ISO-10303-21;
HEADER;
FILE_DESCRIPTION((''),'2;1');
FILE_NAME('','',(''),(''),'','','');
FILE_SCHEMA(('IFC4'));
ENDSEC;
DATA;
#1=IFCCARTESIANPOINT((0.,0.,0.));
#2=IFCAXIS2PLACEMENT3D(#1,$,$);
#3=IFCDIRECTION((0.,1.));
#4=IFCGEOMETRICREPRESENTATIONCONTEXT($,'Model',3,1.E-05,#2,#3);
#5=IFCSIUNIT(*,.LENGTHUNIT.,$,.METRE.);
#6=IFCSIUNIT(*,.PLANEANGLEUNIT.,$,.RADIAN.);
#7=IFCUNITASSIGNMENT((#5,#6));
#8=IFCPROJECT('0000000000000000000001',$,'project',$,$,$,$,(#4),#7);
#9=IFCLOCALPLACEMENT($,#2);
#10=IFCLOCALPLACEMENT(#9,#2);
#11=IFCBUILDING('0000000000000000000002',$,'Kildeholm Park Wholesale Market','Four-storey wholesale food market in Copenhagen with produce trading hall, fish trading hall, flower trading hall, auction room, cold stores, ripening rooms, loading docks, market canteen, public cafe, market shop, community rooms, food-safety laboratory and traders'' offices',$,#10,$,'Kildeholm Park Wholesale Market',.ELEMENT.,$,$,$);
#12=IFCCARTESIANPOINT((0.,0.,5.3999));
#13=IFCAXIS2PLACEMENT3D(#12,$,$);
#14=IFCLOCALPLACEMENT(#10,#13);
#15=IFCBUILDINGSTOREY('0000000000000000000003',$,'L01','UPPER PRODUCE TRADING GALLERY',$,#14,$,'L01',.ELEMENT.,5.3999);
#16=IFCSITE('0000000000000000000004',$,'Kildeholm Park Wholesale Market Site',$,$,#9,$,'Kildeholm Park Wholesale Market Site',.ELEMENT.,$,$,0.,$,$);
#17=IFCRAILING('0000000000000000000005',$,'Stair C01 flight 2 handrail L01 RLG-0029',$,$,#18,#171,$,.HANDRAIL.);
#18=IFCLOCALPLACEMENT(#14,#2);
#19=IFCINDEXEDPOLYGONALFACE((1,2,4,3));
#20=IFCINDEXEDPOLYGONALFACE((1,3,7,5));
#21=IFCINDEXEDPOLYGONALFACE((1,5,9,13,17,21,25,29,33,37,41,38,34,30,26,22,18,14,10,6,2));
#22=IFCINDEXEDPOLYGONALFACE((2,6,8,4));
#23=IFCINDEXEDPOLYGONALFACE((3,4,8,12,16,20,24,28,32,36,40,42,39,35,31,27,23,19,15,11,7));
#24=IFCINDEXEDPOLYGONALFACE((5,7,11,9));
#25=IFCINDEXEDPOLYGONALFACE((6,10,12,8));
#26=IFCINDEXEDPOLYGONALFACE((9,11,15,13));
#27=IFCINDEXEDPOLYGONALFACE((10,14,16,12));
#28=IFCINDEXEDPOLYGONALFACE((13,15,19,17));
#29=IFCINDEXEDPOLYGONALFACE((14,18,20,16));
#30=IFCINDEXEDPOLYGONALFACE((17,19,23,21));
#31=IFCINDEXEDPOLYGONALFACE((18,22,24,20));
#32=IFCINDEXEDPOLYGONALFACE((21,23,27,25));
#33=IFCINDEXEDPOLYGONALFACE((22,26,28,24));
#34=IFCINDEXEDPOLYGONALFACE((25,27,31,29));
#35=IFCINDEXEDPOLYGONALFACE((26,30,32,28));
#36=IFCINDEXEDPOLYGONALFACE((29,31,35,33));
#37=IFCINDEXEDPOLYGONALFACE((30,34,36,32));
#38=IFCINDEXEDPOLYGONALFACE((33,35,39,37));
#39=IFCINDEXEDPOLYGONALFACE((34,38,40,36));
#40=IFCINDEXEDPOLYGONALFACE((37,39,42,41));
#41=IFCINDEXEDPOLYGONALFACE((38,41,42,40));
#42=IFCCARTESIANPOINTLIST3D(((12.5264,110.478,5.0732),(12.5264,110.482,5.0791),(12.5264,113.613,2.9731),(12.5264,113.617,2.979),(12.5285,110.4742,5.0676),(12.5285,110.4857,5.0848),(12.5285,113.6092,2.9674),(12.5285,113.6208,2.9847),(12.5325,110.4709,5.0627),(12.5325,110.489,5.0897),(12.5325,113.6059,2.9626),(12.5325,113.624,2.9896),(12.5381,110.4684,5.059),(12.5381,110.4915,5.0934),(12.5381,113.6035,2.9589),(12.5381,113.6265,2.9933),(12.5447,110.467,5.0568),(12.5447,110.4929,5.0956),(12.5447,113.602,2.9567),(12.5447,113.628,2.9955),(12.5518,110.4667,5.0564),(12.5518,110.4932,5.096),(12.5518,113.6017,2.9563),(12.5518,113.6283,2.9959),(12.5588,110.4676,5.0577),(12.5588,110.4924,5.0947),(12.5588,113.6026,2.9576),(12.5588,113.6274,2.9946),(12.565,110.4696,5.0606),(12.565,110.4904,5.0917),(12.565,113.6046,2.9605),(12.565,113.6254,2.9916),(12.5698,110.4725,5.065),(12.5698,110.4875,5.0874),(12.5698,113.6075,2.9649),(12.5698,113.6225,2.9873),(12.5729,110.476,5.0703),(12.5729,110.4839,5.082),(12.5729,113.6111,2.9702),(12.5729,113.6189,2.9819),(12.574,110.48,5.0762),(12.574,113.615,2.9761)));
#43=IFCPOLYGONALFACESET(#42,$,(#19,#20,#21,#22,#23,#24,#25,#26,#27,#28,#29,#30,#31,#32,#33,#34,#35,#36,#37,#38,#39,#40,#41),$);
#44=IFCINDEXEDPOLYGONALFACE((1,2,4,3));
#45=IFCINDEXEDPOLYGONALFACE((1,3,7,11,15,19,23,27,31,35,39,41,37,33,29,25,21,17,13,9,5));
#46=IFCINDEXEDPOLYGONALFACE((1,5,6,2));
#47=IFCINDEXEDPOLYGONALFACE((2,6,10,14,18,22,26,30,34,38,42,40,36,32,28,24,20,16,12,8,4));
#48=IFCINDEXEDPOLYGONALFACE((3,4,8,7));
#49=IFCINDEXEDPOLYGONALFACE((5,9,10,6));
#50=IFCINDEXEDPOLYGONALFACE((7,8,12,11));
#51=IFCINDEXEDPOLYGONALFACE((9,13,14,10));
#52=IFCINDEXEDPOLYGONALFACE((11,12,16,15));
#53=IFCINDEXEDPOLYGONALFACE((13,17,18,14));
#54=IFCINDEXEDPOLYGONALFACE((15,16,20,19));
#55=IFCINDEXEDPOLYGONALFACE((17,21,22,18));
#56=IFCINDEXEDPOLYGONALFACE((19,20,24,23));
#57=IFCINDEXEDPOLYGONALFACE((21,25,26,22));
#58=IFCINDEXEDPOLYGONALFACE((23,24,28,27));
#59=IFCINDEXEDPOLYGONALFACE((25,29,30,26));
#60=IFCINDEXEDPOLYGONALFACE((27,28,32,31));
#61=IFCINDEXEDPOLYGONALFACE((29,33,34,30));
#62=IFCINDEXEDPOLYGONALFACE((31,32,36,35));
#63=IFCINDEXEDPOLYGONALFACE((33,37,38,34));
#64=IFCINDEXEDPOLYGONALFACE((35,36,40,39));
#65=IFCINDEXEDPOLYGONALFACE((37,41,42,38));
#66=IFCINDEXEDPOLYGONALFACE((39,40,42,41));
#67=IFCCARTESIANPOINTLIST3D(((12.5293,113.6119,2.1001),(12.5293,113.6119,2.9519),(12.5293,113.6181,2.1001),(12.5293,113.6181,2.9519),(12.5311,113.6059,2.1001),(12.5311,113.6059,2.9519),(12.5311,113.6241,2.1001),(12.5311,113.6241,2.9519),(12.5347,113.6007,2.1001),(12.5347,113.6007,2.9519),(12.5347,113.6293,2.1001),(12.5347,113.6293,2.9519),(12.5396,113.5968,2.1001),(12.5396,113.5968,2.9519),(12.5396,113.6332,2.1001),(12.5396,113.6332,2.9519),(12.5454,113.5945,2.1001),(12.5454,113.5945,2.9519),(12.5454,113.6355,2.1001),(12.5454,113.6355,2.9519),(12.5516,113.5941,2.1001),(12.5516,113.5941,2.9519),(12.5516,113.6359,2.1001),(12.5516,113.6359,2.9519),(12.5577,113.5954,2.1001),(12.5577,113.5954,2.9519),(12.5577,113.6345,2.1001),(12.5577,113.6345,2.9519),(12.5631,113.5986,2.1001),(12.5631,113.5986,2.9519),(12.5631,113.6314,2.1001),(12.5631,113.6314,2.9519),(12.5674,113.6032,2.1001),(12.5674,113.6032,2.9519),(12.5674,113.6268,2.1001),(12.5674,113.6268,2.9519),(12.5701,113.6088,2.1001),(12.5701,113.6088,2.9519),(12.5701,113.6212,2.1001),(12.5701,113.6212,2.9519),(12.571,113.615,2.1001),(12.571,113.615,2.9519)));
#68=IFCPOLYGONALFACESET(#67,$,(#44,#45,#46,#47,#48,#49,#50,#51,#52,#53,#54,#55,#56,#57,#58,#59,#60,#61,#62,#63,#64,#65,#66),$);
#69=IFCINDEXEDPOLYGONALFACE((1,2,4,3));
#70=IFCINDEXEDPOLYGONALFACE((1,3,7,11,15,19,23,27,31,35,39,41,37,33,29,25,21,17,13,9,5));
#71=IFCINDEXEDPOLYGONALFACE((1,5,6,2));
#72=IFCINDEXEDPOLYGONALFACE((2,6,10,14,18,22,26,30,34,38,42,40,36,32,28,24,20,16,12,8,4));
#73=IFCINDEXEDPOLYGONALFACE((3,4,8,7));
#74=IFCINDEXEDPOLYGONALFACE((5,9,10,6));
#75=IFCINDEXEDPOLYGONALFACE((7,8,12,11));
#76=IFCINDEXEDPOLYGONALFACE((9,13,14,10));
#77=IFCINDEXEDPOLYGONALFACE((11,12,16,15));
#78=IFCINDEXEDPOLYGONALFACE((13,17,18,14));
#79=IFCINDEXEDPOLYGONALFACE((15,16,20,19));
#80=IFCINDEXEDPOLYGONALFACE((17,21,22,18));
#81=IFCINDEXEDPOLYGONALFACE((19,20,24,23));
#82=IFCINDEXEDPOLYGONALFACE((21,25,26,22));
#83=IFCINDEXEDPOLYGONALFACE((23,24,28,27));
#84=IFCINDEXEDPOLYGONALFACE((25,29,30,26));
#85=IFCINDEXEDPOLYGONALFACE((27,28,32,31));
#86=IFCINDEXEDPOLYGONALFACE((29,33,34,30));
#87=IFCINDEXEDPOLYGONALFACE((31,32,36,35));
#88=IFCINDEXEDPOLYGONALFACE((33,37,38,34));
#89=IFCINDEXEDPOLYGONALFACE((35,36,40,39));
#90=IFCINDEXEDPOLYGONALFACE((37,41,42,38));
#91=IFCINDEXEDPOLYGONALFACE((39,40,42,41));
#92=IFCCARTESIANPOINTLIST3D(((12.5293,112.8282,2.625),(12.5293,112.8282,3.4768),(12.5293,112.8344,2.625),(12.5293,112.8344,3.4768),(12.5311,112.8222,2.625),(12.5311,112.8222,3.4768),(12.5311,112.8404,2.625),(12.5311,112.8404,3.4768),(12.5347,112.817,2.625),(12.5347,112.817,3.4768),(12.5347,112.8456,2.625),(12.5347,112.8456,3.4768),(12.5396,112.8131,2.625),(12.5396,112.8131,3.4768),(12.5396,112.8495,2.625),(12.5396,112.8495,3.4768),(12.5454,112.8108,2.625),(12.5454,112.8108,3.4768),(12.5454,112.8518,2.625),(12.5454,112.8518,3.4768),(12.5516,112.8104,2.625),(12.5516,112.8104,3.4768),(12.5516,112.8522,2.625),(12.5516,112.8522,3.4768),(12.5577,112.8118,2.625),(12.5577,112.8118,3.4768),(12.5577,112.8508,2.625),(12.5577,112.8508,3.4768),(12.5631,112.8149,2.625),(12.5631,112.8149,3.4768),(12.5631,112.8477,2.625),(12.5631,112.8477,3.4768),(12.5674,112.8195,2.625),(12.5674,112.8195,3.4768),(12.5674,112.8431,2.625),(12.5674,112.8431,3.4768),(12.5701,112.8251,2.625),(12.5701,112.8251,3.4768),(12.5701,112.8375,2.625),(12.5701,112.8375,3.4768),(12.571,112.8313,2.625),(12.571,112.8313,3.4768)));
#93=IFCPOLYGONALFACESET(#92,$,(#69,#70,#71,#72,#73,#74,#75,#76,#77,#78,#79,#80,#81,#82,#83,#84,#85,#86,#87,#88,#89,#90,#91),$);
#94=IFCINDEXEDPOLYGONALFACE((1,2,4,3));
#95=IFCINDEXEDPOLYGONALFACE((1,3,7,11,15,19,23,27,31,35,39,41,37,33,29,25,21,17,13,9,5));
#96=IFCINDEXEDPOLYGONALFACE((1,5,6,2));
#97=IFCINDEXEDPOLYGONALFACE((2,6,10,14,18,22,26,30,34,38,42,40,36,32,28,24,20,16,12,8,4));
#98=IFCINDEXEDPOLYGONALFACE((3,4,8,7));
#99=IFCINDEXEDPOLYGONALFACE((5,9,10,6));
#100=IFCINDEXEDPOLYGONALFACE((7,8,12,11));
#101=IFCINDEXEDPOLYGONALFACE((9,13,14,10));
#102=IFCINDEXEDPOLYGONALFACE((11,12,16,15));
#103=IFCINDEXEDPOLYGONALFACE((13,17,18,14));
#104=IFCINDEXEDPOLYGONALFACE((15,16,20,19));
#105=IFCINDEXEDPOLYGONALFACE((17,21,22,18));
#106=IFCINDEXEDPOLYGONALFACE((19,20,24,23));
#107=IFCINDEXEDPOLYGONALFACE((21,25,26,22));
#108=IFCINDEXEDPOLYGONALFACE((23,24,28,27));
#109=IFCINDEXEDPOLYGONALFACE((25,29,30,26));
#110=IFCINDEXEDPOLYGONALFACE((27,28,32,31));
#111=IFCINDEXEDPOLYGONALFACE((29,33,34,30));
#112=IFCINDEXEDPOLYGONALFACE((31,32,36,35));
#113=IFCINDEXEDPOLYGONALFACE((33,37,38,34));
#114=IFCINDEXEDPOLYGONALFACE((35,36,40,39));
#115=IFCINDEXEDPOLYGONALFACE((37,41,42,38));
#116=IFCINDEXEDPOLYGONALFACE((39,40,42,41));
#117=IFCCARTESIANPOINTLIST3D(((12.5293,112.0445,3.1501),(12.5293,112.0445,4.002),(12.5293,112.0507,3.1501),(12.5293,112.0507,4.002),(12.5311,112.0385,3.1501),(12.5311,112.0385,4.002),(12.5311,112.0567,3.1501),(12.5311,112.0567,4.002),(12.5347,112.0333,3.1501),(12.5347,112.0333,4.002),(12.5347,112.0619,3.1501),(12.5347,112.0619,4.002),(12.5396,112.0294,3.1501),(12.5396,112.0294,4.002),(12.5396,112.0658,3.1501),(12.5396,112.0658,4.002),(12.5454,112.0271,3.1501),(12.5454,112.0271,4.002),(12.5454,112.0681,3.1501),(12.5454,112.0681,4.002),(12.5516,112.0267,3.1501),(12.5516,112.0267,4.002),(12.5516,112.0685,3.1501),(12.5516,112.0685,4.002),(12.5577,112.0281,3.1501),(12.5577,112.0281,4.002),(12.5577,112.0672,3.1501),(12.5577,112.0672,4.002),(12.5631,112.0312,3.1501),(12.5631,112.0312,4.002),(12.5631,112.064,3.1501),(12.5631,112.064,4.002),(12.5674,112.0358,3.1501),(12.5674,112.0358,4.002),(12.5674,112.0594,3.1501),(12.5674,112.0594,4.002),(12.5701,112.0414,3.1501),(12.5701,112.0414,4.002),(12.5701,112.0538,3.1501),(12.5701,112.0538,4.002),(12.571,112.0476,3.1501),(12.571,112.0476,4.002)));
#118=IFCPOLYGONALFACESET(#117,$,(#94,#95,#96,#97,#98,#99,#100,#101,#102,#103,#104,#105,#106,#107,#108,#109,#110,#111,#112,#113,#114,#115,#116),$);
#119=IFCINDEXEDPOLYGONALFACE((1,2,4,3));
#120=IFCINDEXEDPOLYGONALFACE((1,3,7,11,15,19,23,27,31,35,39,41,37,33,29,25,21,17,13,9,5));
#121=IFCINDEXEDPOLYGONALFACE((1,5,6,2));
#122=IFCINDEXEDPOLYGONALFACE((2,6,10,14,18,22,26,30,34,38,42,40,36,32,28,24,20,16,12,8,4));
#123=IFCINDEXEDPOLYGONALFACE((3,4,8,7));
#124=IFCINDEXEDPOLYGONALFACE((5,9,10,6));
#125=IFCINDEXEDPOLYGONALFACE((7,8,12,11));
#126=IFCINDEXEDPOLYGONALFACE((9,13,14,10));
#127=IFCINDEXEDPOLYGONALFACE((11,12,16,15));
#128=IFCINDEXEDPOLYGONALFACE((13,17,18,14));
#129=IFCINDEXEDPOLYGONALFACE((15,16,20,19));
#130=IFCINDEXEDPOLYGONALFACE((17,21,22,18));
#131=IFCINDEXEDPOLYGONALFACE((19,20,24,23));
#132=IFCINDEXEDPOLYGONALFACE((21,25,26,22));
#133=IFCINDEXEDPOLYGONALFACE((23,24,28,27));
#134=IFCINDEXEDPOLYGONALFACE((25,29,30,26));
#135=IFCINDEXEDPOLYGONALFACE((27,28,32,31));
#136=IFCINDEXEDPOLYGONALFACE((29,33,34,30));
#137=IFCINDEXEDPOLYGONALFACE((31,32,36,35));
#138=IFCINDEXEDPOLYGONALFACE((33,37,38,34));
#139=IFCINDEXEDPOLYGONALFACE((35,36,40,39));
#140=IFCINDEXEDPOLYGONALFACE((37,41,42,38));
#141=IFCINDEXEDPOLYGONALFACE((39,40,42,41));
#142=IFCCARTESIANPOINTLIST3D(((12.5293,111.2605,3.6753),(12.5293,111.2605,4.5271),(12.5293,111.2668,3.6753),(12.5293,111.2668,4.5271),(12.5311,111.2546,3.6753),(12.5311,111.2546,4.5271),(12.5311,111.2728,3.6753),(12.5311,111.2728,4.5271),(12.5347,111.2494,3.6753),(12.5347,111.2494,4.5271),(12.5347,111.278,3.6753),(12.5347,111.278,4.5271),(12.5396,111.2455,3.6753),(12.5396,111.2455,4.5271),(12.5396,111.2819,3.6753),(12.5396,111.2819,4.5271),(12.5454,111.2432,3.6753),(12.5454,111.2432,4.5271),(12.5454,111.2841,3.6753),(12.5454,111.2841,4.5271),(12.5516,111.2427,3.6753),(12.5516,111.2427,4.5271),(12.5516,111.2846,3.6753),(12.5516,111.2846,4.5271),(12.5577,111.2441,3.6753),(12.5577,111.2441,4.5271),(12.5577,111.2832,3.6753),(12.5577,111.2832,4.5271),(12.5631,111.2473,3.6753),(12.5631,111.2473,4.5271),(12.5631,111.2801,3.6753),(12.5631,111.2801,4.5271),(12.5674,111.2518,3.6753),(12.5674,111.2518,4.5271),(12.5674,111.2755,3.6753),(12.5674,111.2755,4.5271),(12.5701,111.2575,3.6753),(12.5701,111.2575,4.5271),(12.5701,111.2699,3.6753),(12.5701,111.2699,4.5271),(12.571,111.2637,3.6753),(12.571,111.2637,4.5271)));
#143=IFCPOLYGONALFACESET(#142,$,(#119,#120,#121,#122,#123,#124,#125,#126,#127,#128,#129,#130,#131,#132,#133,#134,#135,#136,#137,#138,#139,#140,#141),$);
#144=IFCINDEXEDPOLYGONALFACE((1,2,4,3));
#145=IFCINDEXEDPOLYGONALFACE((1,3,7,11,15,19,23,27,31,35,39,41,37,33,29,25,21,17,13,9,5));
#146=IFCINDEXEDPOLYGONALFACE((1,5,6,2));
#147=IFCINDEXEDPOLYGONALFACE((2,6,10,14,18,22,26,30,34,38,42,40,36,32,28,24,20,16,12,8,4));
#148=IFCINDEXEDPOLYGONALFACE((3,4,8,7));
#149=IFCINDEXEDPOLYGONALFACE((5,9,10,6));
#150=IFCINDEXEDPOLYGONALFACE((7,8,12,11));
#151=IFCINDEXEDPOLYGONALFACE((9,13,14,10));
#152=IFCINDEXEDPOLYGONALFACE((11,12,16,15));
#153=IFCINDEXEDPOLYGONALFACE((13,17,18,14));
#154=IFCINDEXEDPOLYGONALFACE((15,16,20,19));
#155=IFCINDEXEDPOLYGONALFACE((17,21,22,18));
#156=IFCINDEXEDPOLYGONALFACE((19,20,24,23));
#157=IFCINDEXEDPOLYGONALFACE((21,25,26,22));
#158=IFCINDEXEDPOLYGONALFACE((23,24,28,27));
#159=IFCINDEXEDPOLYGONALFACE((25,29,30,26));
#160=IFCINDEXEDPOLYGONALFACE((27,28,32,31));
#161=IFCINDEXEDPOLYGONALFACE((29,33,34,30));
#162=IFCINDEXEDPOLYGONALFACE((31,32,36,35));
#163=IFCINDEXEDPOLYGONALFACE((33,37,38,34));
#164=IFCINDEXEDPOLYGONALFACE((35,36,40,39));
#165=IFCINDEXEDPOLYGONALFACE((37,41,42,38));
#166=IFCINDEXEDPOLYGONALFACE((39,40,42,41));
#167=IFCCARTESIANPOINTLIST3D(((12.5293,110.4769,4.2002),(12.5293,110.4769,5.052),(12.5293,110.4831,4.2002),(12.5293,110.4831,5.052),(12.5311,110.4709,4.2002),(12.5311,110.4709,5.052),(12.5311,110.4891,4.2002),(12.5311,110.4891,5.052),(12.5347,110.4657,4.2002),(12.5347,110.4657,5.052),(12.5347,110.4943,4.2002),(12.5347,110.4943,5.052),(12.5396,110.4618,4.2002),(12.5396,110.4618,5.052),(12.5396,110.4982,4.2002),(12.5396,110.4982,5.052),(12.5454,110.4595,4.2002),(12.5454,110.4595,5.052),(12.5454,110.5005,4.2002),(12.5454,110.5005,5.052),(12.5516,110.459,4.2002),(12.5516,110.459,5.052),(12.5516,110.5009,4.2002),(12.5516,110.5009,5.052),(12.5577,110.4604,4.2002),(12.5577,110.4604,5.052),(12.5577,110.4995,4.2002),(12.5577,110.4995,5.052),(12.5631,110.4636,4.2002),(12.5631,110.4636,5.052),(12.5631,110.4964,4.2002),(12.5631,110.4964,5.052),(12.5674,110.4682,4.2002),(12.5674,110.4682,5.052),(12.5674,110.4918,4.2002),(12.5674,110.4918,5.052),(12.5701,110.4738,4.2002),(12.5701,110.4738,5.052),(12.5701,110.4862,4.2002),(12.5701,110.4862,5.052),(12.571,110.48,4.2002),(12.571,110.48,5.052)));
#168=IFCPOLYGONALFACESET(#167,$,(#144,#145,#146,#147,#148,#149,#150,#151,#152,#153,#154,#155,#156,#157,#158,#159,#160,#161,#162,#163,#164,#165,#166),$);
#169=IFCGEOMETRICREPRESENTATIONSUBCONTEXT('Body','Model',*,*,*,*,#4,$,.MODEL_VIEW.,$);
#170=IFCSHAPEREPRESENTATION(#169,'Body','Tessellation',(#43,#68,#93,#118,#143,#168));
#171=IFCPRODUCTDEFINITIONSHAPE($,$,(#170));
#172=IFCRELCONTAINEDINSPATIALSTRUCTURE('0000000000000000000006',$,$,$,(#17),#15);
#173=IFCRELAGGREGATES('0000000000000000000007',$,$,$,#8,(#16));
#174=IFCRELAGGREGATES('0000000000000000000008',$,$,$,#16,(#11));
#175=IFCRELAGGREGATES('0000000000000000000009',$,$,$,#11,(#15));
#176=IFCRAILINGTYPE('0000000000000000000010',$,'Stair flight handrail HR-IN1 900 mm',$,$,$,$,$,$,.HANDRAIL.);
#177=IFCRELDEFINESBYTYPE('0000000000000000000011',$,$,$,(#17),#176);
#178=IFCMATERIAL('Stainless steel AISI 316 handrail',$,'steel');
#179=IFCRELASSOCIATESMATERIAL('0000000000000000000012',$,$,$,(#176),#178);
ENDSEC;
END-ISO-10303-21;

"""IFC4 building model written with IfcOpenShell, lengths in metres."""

from ifc_helpers import new_model, si_unit, direction, frame, origin, origin_2d, place, context, subcontext, project, spatial, circle, extrude, material, type_object, element, save


model = new_model("IFC4")

# Units and contexts
model_context = context("Model", 3, precision=1e-05, world=origin(), true_north=direction((0.0, 1.0)))
body_context = subcontext(model_context, "Body", "Model", "MODEL_VIEW")
ifc_project = project(units=[si_unit("LENGTHUNIT", "METRE"), si_unit("PLANEANGLEUNIT", "RADIAN")], contexts=[model_context])

# Site, building, storey
site_placement = place(None, origin())
site = spatial("IfcSite", under=ifc_project, at=site_placement, Name="Kildeholm Park Wholesale Market Site", LongName="Kildeholm Park Wholesale Market Site", CompositionType="ELEMENT", RefElevation=0.0)
building_placement = place(site_placement, origin())
building = spatial("IfcBuilding", under=site, at=building_placement, Name="Kildeholm Park Wholesale Market", Description="Four-storey wholesale food market in Copenhagen with produce trading hall, fish trading hall, flower trading hall, auction room, cold stores, ripening rooms, loading docks, market canteen, public cafe, market shop, community rooms, food-safety laboratory and traders' offices", LongName="Kildeholm Park Wholesale Market", CompositionType="ELEMENT")
storey_placement = place(building_placement, frame((0.0, 0.0, 5.3999)))
storey = spatial("IfcBuildingStorey", under=building, at=storey_placement, Name="L01", Description="UPPER PRODUCE TRADING GALLERY", LongName="L01", CompositionType="ELEMENT", Elevation=5.3999)

# Railing
ifc_material_1 = material(Name="Stainless steel AISI 316 handrail", Category="steel")
railing_type_1 = type_object("IfcRailingType", Name="Stair flight handrail HR-IN1 900 mm", PredefinedType="HANDRAIL", material=ifc_material_1)
railing_1_placement = place(storey_placement, frame((12.55, 113.615, 2.1001)))
element("IfcRailing", 1, at=railing_1_placement, inside=storey, type_object=railing_type_1, Name="Stair C01 flight 2 handrail L01 RLG-0029", PredefinedType="HANDRAIL", context=body_context, shape_type="SweptSolid", body=[
    extrude(circle(Radius=0.0239, at=origin_2d()), frame((0.0, 0.0, 0.876), z_axis=(0.0, -0.830814, 0.55655), x_axis=(1.0, 0.0, 0.0)), (0.0, 0.0, 1.0), 3.7734),
    extrude(circle(Radius=0.021, at=origin_2d()), origin(), (0.0, 0.0, 1.0), 0.8518),
    extrude(circle(Radius=0.021, at=origin_2d()), frame((0.0, -0.7837, 0.5249)), (0.0, 0.0, 1.0), 0.8518),
    extrude(circle(Radius=0.021, at=origin_2d()), frame((0.0, -1.5674, 1.05)), (0.0, 0.0, 1.0), 0.8518),
    extrude(circle(Radius=0.021, at=origin_2d()), frame((0.0, -2.3513, 1.5752)), (0.0, 0.0, 1.0), 0.8518),
    extrude(circle(Radius=0.021, at=origin_2d()), frame((0.0, -3.135, 2.1001)), (0.0, 0.0, 1.0), 0.8518),
])

save(model, "model.ifc")
